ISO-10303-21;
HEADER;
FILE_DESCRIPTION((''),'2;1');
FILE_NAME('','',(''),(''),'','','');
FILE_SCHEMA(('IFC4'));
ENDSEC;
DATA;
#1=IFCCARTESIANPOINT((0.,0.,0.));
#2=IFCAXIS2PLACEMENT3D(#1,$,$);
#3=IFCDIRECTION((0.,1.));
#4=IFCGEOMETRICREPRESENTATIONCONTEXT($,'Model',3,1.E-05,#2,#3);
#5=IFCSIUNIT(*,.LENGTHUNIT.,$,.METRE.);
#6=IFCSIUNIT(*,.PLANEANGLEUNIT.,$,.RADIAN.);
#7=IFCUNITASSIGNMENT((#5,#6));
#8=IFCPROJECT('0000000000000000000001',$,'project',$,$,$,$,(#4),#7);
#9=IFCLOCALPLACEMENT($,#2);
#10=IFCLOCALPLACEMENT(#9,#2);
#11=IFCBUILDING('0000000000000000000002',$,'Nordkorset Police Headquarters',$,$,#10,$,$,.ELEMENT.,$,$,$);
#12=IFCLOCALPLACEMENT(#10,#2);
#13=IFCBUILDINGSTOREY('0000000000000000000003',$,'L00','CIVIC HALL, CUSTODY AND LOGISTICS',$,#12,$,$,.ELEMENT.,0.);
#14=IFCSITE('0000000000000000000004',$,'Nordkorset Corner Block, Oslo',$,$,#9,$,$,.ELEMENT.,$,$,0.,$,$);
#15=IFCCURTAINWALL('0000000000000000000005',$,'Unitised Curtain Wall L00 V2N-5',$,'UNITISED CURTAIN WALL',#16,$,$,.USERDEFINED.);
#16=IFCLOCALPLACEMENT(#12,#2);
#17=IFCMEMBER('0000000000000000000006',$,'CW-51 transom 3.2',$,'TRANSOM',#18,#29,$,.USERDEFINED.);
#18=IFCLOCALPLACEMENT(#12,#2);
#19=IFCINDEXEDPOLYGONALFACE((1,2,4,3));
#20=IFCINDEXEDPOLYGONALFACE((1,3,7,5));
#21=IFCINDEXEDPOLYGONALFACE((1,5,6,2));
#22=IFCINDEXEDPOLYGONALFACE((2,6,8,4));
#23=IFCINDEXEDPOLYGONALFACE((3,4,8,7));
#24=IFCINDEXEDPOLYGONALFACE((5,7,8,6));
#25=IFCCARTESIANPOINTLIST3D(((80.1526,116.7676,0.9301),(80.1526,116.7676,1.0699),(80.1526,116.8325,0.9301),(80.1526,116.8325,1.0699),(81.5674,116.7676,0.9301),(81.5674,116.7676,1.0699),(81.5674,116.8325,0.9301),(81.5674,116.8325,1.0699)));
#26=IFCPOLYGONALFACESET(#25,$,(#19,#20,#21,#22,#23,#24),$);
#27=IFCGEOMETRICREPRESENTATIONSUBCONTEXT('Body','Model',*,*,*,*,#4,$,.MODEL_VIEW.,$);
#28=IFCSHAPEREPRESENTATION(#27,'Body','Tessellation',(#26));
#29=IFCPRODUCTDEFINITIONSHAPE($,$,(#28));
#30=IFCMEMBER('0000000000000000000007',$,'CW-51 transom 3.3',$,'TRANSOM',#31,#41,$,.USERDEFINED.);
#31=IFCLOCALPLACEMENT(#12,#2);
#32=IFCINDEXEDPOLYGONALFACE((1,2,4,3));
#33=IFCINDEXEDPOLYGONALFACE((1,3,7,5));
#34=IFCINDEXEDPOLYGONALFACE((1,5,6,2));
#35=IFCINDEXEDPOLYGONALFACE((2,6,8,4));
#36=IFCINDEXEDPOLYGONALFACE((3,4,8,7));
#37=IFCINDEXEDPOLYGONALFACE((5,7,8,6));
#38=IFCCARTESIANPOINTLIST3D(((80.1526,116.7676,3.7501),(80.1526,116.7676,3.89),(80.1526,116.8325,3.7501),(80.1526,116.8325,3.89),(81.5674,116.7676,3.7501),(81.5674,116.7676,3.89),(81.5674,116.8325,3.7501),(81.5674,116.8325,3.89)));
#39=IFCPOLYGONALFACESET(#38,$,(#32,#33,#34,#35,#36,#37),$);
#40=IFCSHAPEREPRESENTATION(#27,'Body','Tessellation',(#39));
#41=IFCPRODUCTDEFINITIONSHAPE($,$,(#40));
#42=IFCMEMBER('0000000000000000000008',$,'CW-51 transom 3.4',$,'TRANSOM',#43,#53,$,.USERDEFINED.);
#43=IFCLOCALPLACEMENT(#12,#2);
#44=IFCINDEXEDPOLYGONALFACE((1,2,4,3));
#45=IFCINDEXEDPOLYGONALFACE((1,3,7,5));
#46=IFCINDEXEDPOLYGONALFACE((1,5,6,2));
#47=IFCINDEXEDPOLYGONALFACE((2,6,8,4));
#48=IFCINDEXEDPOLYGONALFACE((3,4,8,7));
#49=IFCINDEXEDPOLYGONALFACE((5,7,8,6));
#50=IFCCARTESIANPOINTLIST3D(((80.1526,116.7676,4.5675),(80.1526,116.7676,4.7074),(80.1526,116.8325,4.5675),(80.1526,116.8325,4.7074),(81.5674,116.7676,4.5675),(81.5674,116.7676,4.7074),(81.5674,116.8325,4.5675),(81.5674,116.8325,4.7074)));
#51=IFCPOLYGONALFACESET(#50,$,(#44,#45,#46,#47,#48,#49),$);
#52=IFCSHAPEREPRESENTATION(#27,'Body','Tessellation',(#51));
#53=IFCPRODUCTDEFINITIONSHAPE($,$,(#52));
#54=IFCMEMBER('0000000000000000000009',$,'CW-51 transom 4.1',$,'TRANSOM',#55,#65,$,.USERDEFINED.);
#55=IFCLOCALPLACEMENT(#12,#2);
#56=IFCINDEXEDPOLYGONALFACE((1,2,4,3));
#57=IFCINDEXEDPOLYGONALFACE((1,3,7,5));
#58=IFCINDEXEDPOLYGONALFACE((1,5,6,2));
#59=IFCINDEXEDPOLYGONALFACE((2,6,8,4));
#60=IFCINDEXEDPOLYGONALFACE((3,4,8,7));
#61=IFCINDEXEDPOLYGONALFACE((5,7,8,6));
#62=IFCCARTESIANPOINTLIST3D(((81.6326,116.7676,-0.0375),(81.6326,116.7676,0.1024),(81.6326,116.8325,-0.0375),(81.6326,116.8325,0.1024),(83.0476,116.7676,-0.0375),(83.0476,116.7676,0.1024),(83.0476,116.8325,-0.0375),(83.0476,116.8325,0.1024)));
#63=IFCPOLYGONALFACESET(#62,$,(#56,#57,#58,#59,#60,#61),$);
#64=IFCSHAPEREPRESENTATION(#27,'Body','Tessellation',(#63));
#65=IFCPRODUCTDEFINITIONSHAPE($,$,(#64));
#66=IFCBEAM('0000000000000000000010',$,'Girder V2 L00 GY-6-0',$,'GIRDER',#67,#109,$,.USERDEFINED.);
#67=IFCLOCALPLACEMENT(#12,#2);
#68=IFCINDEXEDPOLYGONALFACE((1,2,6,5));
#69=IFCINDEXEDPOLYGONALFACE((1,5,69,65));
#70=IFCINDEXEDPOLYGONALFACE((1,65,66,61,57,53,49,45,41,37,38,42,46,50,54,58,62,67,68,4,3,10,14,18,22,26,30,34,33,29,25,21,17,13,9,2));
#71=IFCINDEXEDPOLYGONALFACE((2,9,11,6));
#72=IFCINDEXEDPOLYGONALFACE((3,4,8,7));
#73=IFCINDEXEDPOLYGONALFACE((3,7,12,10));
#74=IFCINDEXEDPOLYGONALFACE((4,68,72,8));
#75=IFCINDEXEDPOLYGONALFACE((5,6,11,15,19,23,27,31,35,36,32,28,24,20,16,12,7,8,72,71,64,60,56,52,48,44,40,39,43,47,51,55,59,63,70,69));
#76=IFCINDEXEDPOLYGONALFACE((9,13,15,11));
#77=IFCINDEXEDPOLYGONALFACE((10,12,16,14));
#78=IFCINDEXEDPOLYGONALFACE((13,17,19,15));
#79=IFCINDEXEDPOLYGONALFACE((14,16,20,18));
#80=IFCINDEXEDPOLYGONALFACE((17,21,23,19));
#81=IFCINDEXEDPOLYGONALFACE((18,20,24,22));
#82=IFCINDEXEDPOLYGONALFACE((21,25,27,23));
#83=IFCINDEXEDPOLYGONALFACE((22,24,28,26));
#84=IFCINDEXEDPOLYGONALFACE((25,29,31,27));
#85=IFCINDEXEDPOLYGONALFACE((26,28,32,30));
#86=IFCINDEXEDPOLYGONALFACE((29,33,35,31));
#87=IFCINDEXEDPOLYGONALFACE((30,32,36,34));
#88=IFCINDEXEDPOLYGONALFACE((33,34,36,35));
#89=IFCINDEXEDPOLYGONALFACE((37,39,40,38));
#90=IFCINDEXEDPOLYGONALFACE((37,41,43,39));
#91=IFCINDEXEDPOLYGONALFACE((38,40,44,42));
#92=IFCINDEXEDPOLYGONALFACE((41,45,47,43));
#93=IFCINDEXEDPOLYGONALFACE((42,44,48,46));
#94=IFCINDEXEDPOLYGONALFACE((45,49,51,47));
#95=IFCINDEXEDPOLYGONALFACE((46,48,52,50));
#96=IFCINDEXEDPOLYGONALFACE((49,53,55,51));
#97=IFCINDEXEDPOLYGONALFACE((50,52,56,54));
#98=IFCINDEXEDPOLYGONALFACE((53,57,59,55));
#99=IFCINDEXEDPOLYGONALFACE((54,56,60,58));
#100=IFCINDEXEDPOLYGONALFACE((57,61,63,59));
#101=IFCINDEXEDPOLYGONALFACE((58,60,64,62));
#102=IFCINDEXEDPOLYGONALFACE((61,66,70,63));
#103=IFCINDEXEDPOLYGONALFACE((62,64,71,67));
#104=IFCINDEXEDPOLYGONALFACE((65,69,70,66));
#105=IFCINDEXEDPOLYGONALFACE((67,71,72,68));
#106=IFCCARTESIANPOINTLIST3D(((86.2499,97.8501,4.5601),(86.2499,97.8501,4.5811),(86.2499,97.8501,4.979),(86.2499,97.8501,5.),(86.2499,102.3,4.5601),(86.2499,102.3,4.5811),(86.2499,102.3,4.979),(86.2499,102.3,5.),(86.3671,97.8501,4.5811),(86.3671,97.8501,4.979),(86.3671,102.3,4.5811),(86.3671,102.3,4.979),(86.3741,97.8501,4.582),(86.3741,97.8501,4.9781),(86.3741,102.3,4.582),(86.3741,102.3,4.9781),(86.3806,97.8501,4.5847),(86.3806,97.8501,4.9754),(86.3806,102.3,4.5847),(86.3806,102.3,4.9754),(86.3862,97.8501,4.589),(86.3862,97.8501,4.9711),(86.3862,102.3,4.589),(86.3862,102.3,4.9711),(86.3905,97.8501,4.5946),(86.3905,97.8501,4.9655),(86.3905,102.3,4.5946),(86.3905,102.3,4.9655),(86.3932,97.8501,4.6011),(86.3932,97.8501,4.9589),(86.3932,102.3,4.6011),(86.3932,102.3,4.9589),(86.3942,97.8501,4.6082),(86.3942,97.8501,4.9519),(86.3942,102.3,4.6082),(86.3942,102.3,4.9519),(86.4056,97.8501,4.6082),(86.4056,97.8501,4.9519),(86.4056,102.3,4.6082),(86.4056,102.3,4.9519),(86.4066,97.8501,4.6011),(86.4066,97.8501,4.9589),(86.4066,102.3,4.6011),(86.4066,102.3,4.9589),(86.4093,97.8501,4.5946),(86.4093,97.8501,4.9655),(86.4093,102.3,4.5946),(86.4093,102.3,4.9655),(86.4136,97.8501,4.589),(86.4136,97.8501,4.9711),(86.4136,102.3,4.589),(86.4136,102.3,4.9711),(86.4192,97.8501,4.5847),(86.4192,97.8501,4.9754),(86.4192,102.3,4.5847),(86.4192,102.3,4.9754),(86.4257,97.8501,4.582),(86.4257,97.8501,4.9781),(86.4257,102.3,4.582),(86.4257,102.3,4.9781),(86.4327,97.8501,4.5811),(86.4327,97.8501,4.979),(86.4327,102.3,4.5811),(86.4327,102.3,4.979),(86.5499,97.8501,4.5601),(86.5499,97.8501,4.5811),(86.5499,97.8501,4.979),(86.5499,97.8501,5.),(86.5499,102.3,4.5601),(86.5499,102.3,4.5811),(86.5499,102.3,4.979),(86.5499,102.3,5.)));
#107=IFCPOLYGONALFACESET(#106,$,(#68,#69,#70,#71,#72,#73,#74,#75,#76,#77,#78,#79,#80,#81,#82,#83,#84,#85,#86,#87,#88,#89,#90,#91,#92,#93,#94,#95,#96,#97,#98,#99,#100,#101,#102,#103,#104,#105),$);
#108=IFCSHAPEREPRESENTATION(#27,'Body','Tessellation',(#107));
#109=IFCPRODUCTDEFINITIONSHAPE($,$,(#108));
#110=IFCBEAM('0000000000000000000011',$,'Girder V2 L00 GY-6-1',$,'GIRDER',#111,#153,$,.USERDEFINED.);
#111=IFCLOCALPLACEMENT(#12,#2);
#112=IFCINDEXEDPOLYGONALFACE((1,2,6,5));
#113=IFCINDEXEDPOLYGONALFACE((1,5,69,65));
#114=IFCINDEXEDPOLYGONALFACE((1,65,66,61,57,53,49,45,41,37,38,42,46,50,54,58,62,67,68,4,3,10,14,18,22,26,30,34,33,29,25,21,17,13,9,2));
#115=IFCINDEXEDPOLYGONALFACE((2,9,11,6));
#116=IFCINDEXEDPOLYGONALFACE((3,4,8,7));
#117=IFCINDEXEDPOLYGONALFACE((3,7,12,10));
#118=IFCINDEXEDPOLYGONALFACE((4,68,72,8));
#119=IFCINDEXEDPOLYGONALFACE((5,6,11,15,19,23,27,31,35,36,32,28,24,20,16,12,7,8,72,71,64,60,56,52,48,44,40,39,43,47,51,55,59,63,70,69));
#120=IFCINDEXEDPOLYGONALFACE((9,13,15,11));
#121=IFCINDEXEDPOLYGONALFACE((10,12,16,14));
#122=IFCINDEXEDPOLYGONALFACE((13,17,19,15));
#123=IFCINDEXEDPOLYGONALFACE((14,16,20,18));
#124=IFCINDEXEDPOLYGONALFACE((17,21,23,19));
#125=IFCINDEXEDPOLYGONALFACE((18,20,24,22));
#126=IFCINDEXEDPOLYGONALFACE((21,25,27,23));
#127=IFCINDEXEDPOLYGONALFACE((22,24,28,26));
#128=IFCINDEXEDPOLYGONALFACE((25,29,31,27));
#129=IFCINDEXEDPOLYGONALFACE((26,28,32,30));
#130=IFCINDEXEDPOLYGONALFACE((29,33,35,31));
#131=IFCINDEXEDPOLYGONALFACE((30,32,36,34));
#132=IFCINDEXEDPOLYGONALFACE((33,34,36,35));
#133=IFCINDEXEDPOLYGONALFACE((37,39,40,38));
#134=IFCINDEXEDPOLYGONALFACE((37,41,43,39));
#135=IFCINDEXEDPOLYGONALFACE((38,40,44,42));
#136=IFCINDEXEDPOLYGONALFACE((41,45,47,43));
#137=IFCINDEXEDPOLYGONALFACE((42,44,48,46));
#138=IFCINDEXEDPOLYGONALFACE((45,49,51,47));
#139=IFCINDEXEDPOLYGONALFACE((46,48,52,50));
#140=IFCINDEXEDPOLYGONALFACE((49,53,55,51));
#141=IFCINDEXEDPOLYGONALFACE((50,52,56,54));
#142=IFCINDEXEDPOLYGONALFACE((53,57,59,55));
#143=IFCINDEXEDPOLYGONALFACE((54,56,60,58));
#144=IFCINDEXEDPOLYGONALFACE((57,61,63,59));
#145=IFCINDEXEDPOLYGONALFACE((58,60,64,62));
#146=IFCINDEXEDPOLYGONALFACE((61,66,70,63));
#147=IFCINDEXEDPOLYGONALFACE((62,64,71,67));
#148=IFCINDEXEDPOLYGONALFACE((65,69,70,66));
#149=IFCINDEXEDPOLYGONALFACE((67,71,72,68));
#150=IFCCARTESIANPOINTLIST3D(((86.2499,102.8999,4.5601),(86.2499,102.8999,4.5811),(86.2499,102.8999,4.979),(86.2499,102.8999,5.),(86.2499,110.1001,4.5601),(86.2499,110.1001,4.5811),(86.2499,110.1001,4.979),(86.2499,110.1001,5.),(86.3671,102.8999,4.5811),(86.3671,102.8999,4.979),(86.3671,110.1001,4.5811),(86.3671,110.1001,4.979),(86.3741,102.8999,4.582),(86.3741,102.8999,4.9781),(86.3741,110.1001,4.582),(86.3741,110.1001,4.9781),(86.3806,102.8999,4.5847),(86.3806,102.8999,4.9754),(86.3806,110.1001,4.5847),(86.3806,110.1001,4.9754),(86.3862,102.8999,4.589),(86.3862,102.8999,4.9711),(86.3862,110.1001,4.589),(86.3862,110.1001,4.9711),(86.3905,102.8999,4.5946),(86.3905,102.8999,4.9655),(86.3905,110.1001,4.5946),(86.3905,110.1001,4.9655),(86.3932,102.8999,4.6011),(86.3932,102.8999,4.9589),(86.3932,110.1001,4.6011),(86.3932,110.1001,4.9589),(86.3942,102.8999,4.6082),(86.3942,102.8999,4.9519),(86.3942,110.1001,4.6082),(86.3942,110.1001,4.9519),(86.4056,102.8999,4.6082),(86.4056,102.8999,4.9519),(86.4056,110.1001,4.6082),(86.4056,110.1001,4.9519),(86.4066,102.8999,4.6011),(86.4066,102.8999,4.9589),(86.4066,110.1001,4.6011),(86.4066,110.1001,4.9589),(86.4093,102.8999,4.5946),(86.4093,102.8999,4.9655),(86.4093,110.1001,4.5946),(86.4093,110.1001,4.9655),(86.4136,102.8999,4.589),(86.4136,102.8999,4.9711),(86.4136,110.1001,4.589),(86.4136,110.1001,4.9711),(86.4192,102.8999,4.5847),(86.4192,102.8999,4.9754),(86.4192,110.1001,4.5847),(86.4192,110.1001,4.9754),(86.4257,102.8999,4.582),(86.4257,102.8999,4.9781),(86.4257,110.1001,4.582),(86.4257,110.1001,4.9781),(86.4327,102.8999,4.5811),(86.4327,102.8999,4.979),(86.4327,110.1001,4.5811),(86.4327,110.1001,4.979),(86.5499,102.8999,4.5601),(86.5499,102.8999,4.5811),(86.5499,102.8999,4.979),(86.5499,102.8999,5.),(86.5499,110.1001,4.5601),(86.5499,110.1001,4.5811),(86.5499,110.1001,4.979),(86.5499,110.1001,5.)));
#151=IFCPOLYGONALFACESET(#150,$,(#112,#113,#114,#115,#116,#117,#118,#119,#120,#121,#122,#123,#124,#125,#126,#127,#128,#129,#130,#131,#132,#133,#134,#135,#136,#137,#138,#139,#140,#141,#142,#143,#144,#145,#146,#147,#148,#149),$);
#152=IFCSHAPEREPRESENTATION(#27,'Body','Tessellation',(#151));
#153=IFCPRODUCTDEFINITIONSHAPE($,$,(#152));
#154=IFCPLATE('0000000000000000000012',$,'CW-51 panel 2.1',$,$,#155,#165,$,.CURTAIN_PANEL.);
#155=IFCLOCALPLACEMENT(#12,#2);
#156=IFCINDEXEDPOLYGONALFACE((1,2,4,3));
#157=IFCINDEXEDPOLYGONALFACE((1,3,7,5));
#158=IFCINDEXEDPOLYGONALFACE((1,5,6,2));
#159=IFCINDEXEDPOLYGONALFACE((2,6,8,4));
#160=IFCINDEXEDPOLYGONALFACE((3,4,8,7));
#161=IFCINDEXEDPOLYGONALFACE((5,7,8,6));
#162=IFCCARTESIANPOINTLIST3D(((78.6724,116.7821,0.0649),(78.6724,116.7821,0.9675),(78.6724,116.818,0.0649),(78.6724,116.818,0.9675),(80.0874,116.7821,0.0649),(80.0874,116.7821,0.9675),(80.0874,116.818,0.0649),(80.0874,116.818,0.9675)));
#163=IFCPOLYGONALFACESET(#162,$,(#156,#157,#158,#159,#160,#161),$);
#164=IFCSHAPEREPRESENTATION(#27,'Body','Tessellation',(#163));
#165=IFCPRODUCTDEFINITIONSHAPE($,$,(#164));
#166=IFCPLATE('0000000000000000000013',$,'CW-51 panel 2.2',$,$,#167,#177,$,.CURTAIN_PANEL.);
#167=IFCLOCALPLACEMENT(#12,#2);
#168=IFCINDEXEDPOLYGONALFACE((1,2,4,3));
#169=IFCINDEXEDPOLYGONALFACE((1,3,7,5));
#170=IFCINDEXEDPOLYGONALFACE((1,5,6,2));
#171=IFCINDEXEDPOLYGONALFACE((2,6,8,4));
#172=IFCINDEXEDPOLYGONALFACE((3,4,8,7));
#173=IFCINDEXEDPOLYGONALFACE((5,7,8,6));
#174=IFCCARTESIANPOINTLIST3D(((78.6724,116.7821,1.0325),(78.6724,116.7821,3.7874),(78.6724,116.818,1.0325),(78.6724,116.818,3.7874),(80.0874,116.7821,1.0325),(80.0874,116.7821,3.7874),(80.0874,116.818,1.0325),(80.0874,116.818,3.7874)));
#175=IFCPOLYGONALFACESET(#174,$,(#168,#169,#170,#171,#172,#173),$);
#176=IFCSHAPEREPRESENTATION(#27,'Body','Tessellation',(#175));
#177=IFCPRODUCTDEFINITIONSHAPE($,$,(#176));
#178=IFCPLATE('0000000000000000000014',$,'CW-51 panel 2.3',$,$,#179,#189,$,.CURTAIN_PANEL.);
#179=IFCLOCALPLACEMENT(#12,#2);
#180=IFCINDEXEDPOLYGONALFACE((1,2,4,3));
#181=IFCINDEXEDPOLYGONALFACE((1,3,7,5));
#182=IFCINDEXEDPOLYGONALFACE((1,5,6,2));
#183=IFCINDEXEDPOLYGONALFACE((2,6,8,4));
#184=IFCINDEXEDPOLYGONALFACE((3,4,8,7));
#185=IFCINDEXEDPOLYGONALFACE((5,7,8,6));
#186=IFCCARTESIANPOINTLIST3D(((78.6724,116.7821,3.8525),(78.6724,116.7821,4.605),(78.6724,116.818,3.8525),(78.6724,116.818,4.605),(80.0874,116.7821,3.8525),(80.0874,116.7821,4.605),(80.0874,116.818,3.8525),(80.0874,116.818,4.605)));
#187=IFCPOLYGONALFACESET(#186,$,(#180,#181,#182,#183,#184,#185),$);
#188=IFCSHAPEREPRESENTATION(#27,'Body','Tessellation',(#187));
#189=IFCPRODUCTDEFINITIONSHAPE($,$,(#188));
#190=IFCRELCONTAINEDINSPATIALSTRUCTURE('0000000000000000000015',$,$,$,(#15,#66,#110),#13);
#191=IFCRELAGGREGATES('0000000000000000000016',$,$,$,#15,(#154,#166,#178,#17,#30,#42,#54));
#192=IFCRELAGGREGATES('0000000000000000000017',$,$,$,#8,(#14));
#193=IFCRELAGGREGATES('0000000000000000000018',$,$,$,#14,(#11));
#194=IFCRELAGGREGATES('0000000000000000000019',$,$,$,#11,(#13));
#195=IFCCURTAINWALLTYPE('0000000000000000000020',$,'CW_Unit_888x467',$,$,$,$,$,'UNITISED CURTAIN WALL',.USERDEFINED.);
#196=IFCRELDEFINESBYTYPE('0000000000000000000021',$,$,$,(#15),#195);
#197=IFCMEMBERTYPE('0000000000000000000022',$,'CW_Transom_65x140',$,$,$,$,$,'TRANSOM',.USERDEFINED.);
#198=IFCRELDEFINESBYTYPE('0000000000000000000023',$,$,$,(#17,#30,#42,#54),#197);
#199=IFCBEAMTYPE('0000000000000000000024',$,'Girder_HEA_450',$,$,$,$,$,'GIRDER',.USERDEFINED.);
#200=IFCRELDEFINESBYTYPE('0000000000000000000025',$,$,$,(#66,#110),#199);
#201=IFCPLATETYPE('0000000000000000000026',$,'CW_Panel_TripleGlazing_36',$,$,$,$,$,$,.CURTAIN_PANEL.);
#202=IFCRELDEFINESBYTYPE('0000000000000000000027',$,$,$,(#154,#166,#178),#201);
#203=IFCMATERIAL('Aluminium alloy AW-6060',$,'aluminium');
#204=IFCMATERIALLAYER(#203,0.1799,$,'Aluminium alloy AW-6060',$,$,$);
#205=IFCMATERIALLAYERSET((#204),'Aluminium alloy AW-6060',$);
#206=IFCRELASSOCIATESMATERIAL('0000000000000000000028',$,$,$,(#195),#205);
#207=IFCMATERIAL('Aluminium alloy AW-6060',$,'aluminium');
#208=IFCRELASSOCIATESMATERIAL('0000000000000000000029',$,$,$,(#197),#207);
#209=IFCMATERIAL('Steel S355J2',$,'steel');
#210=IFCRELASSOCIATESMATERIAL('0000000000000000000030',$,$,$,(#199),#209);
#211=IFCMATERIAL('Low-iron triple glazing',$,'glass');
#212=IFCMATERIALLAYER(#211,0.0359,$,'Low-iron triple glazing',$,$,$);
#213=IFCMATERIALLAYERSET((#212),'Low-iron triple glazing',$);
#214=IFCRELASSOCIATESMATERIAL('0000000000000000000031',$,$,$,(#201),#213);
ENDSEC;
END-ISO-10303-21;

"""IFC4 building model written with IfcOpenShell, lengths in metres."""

from ifc_helpers import new_model, si_unit, direction, frame, origin, origin_2d, place, context, subcontext, project, spatial, rectangle, i_section, extrude, material, layer, layer_set, material_profile, profile_set, type_object, element, aggregate, save


model = new_model("IFC4")

# Units and contexts
model_context = context("Model", 3, precision=1e-05, world=origin(), true_north=direction((0.0, 1.0)))
body_context = subcontext(model_context, "Body", "Model", "MODEL_VIEW")
ifc_project = project(units=[si_unit("LENGTHUNIT", "METRE"), si_unit("PLANEANGLEUNIT", "RADIAN")], contexts=[model_context])

# Site, building, storey
site_placement = place(None, origin())
site = spatial("IfcSite", under=ifc_project, at=site_placement, Name="Nordkorset Corner Block, Oslo", CompositionType="ELEMENT", RefElevation=0.0)
building_placement = place(site_placement, origin())
building = spatial("IfcBuilding", under=site, at=building_placement, Name="Nordkorset Police Headquarters", CompositionType="ELEMENT")
storey_placement = place(building_placement, origin())
storey = spatial("IfcBuildingStorey", under=building, at=storey_placement, Name="L00", Description="CIVIC HALL, CUSTODY AND LOGISTICS", CompositionType="ELEMENT", Elevation=0.0)

# Curtain wall, members
ifc_material_1 = material(Name="Aluminium alloy AW-6060", Category="aluminium")
ifc_layer_1 = layer(ifc_material_1, 0.1799, Name="Aluminium alloy AW-6060")
ifc_layer_set_1 = layer_set([ifc_layer_1], Name="Aluminium alloy AW-6060")
curtain_wall_type = type_object("IfcCurtainWallType", Name="CW_Unit_888x467", ElementType="UNITISED CURTAIN WALL", PredefinedType="USERDEFINED", material=ifc_layer_set_1)
curtain_wall_placement = place(storey_placement, origin())
curtain_wall = element("IfcCurtainWall", 1, at=curtain_wall_placement, inside=storey, type_object=curtain_wall_type, Name="Unitised Curtain Wall L00 V2N-5", ObjectType="UNITISED CURTAIN WALL", PredefinedType="USERDEFINED")
ifc_material_2 = material(Name="Aluminium alloy AW-6060", Category="aluminium")
ifc_material_profile_1 = material_profile(ifc_material_2, rectangle(XDim=0.0649, YDim=0.1399, at=origin_2d()), Name="ALU TRAN 65x140")
ifc_profile_set_1 = profile_set([ifc_material_profile_1], Name="Aluminium alloy AW-6060")
member_type_1 = type_object("IfcMemberType", Name="CW_Transom_65x140", ElementType="TRANSOM", PredefinedType="USERDEFINED", material=ifc_profile_set_1)
member_1_placement = place(storey_placement, frame((80.1526, 116.8, 1.0), z_axis=(1.0, 0.0, 0.0), x_axis=(0.0, 1.0, 0.0)))
member_1 = element("IfcMember", 2, at=member_1_placement, type_object=member_type_1, Name="CW-51 transom 3.2", ObjectType="TRANSOM", PredefinedType="USERDEFINED", context=body_context, shape_type="SweptSolid", body=[
    extrude(rectangle(XDim=0.0649, YDim=0.1399, at=origin_2d()), origin(), (0.0, 0.0, 1.0), 1.4148),
])
member_2_placement = place(storey_placement, frame((80.1526, 116.8, 3.8201), z_axis=(1.0, 0.0, 0.0), x_axis=(0.0, 1.0, 0.0)))
member_2 = element("IfcMember", 3, at=member_2_placement, type_object=member_type_1, Name="CW-51 transom 3.3", ObjectType="TRANSOM", PredefinedType="USERDEFINED", context=body_context, shape_type="SweptSolid", body=[
    extrude(rectangle(XDim=0.0649, YDim=0.1399, at=origin_2d()), origin(), (0.0, 0.0, 1.0), 1.4148),
])
member_3_placement = place(storey_placement, frame((80.1526, 116.8, 4.6375), z_axis=(1.0, 0.0, 0.0), x_axis=(0.0, 1.0, 0.0)))
member_3 = element("IfcMember", 4, at=member_3_placement, type_object=member_type_1, Name="CW-51 transom 3.4", ObjectType="TRANSOM", PredefinedType="USERDEFINED", context=body_context, shape_type="SweptSolid", body=[
    extrude(rectangle(XDim=0.0649, YDim=0.1399, at=origin_2d()), origin(), (0.0, 0.0, 1.0), 1.4148),
])
member_4_placement = place(storey_placement, frame((81.6326, 116.8, 0.0325), z_axis=(1.0, 0.0, 0.0), x_axis=(0.0, 1.0, 0.0)))
member_4 = element("IfcMember", 5, at=member_4_placement, type_object=member_type_1, Name="CW-51 transom 4.1", ObjectType="TRANSOM", PredefinedType="USERDEFINED", context=body_context, shape_type="SweptSolid", body=[
    extrude(rectangle(XDim=0.0649, YDim=0.1399, at=origin_2d()), origin(), (0.0, 0.0, 1.0), 1.415),
])

# Beams
ifc_material_3 = material(Name="Steel S355J2", Category="steel")
ifc_material_profile_2 = material_profile(ifc_material_3, i_section(OverallWidth=0.3, OverallDepth=0.4399, WebThickness=0.0115, FlangeThickness=0.021, FilletRadius=0.0271, at=origin_2d()), Name="HEA 450")
ifc_profile_set_2 = profile_set([ifc_material_profile_2], Name="Steel S355J2")
beam_type = type_object("IfcBeamType", Name="Girder_HEA_450", ElementType="GIRDER", PredefinedType="USERDEFINED", material=ifc_profile_set_2)
beam_1_placement = place(storey_placement, frame((86.3999, 97.8501, 4.78), z_axis=(0.0, 1.0, 0.0), x_axis=(-1.0, 0.0, 0.0)))
element("IfcBeam", 6, at=beam_1_placement, inside=storey, type_object=beam_type, Name="Girder V2 L00 GY-6-0", ObjectType="GIRDER", PredefinedType="USERDEFINED", context=body_context, shape_type="SweptSolid", body=[
    extrude(i_section(OverallWidth=0.3, OverallDepth=0.4399, WebThickness=0.0115, FlangeThickness=0.021, FilletRadius=0.0271, at=origin_2d()), origin(), (0.0, 0.0, 1.0), 4.45),
])
beam_2_placement = place(storey_placement, frame((86.3999, 102.8999, 4.78), z_axis=(0.0, 1.0, 0.0), x_axis=(-1.0, 0.0, 0.0)))
element("IfcBeam", 7, at=beam_2_placement, inside=storey, type_object=beam_type, Name="Girder V2 L00 GY-6-1", ObjectType="GIRDER", PredefinedType="USERDEFINED", context=body_context, shape_type="SweptSolid", body=[
    extrude(i_section(OverallWidth=0.3, OverallDepth=0.4399, WebThickness=0.0115, FlangeThickness=0.021, FilletRadius=0.0271, at=origin_2d()), origin(), (0.0, 0.0, 1.0), 7.2002),
])

# Plates
ifc_material_4 = material(Name="Low-iron triple glazing", Category="glass")
ifc_layer_2 = layer(ifc_material_4, 0.0359, Name="Low-iron triple glazing")
ifc_layer_set_2 = layer_set([ifc_layer_2], Name="Low-iron triple glazing")
plate_type_1 = type_object("IfcPlateType", Name="CW_Panel_TripleGlazing_36", PredefinedType="CURTAIN_PANEL", material=ifc_layer_set_2)
plate_1_placement = place(storey_placement, frame((79.3799, 116.8, 0.0649), z_axis=(0.0, 0.0, 1.0), x_axis=(1.0, 0.0, 0.0)))
plate_1 = element("IfcPlate", 8, at=plate_1_placement, type_object=plate_type_1, Name="CW-51 panel 2.1", PredefinedType="CURTAIN_PANEL", context=body_context, shape_type="SweptSolid", body=[
    extrude(rectangle(XDim=1.415, YDim=0.0359, at=origin_2d()), origin(), (0.0, 0.0, 1.0), 0.9026),
])
plate_2_placement = place(storey_placement, frame((79.3799, 116.8, 1.0325), z_axis=(0.0, 0.0, 1.0), x_axis=(1.0, 0.0, 0.0)))
plate_2 = element("IfcPlate", 9, at=plate_2_placement, type_object=plate_type_1, Name="CW-51 panel 2.2", PredefinedType="CURTAIN_PANEL", context=body_context, shape_type="SweptSolid", body=[
    extrude(rectangle(XDim=1.415, YDim=0.0359, at=origin_2d()), origin(), (0.0, 0.0, 1.0), 2.7549),
])
plate_3_placement = place(storey_placement, frame((79.3799, 116.8, 3.8525), z_axis=(0.0, 0.0, 1.0), x_axis=(1.0, 0.0, 0.0)))
plate_3 = element("IfcPlate", 10, at=plate_3_placement, type_object=plate_type_1, Name="CW-51 panel 2.3", PredefinedType="CURTAIN_PANEL", context=body_context, shape_type="SweptSolid", body=[
    extrude(rectangle(XDim=1.415, YDim=0.0359, at=origin_2d()), origin(), (0.0, 0.0, 1.0), 0.7524),
])
aggregate(curtain_wall, [plate_1, plate_2, plate_3, member_1, member_2, member_3, member_4])

save(model, "model.ifc")
